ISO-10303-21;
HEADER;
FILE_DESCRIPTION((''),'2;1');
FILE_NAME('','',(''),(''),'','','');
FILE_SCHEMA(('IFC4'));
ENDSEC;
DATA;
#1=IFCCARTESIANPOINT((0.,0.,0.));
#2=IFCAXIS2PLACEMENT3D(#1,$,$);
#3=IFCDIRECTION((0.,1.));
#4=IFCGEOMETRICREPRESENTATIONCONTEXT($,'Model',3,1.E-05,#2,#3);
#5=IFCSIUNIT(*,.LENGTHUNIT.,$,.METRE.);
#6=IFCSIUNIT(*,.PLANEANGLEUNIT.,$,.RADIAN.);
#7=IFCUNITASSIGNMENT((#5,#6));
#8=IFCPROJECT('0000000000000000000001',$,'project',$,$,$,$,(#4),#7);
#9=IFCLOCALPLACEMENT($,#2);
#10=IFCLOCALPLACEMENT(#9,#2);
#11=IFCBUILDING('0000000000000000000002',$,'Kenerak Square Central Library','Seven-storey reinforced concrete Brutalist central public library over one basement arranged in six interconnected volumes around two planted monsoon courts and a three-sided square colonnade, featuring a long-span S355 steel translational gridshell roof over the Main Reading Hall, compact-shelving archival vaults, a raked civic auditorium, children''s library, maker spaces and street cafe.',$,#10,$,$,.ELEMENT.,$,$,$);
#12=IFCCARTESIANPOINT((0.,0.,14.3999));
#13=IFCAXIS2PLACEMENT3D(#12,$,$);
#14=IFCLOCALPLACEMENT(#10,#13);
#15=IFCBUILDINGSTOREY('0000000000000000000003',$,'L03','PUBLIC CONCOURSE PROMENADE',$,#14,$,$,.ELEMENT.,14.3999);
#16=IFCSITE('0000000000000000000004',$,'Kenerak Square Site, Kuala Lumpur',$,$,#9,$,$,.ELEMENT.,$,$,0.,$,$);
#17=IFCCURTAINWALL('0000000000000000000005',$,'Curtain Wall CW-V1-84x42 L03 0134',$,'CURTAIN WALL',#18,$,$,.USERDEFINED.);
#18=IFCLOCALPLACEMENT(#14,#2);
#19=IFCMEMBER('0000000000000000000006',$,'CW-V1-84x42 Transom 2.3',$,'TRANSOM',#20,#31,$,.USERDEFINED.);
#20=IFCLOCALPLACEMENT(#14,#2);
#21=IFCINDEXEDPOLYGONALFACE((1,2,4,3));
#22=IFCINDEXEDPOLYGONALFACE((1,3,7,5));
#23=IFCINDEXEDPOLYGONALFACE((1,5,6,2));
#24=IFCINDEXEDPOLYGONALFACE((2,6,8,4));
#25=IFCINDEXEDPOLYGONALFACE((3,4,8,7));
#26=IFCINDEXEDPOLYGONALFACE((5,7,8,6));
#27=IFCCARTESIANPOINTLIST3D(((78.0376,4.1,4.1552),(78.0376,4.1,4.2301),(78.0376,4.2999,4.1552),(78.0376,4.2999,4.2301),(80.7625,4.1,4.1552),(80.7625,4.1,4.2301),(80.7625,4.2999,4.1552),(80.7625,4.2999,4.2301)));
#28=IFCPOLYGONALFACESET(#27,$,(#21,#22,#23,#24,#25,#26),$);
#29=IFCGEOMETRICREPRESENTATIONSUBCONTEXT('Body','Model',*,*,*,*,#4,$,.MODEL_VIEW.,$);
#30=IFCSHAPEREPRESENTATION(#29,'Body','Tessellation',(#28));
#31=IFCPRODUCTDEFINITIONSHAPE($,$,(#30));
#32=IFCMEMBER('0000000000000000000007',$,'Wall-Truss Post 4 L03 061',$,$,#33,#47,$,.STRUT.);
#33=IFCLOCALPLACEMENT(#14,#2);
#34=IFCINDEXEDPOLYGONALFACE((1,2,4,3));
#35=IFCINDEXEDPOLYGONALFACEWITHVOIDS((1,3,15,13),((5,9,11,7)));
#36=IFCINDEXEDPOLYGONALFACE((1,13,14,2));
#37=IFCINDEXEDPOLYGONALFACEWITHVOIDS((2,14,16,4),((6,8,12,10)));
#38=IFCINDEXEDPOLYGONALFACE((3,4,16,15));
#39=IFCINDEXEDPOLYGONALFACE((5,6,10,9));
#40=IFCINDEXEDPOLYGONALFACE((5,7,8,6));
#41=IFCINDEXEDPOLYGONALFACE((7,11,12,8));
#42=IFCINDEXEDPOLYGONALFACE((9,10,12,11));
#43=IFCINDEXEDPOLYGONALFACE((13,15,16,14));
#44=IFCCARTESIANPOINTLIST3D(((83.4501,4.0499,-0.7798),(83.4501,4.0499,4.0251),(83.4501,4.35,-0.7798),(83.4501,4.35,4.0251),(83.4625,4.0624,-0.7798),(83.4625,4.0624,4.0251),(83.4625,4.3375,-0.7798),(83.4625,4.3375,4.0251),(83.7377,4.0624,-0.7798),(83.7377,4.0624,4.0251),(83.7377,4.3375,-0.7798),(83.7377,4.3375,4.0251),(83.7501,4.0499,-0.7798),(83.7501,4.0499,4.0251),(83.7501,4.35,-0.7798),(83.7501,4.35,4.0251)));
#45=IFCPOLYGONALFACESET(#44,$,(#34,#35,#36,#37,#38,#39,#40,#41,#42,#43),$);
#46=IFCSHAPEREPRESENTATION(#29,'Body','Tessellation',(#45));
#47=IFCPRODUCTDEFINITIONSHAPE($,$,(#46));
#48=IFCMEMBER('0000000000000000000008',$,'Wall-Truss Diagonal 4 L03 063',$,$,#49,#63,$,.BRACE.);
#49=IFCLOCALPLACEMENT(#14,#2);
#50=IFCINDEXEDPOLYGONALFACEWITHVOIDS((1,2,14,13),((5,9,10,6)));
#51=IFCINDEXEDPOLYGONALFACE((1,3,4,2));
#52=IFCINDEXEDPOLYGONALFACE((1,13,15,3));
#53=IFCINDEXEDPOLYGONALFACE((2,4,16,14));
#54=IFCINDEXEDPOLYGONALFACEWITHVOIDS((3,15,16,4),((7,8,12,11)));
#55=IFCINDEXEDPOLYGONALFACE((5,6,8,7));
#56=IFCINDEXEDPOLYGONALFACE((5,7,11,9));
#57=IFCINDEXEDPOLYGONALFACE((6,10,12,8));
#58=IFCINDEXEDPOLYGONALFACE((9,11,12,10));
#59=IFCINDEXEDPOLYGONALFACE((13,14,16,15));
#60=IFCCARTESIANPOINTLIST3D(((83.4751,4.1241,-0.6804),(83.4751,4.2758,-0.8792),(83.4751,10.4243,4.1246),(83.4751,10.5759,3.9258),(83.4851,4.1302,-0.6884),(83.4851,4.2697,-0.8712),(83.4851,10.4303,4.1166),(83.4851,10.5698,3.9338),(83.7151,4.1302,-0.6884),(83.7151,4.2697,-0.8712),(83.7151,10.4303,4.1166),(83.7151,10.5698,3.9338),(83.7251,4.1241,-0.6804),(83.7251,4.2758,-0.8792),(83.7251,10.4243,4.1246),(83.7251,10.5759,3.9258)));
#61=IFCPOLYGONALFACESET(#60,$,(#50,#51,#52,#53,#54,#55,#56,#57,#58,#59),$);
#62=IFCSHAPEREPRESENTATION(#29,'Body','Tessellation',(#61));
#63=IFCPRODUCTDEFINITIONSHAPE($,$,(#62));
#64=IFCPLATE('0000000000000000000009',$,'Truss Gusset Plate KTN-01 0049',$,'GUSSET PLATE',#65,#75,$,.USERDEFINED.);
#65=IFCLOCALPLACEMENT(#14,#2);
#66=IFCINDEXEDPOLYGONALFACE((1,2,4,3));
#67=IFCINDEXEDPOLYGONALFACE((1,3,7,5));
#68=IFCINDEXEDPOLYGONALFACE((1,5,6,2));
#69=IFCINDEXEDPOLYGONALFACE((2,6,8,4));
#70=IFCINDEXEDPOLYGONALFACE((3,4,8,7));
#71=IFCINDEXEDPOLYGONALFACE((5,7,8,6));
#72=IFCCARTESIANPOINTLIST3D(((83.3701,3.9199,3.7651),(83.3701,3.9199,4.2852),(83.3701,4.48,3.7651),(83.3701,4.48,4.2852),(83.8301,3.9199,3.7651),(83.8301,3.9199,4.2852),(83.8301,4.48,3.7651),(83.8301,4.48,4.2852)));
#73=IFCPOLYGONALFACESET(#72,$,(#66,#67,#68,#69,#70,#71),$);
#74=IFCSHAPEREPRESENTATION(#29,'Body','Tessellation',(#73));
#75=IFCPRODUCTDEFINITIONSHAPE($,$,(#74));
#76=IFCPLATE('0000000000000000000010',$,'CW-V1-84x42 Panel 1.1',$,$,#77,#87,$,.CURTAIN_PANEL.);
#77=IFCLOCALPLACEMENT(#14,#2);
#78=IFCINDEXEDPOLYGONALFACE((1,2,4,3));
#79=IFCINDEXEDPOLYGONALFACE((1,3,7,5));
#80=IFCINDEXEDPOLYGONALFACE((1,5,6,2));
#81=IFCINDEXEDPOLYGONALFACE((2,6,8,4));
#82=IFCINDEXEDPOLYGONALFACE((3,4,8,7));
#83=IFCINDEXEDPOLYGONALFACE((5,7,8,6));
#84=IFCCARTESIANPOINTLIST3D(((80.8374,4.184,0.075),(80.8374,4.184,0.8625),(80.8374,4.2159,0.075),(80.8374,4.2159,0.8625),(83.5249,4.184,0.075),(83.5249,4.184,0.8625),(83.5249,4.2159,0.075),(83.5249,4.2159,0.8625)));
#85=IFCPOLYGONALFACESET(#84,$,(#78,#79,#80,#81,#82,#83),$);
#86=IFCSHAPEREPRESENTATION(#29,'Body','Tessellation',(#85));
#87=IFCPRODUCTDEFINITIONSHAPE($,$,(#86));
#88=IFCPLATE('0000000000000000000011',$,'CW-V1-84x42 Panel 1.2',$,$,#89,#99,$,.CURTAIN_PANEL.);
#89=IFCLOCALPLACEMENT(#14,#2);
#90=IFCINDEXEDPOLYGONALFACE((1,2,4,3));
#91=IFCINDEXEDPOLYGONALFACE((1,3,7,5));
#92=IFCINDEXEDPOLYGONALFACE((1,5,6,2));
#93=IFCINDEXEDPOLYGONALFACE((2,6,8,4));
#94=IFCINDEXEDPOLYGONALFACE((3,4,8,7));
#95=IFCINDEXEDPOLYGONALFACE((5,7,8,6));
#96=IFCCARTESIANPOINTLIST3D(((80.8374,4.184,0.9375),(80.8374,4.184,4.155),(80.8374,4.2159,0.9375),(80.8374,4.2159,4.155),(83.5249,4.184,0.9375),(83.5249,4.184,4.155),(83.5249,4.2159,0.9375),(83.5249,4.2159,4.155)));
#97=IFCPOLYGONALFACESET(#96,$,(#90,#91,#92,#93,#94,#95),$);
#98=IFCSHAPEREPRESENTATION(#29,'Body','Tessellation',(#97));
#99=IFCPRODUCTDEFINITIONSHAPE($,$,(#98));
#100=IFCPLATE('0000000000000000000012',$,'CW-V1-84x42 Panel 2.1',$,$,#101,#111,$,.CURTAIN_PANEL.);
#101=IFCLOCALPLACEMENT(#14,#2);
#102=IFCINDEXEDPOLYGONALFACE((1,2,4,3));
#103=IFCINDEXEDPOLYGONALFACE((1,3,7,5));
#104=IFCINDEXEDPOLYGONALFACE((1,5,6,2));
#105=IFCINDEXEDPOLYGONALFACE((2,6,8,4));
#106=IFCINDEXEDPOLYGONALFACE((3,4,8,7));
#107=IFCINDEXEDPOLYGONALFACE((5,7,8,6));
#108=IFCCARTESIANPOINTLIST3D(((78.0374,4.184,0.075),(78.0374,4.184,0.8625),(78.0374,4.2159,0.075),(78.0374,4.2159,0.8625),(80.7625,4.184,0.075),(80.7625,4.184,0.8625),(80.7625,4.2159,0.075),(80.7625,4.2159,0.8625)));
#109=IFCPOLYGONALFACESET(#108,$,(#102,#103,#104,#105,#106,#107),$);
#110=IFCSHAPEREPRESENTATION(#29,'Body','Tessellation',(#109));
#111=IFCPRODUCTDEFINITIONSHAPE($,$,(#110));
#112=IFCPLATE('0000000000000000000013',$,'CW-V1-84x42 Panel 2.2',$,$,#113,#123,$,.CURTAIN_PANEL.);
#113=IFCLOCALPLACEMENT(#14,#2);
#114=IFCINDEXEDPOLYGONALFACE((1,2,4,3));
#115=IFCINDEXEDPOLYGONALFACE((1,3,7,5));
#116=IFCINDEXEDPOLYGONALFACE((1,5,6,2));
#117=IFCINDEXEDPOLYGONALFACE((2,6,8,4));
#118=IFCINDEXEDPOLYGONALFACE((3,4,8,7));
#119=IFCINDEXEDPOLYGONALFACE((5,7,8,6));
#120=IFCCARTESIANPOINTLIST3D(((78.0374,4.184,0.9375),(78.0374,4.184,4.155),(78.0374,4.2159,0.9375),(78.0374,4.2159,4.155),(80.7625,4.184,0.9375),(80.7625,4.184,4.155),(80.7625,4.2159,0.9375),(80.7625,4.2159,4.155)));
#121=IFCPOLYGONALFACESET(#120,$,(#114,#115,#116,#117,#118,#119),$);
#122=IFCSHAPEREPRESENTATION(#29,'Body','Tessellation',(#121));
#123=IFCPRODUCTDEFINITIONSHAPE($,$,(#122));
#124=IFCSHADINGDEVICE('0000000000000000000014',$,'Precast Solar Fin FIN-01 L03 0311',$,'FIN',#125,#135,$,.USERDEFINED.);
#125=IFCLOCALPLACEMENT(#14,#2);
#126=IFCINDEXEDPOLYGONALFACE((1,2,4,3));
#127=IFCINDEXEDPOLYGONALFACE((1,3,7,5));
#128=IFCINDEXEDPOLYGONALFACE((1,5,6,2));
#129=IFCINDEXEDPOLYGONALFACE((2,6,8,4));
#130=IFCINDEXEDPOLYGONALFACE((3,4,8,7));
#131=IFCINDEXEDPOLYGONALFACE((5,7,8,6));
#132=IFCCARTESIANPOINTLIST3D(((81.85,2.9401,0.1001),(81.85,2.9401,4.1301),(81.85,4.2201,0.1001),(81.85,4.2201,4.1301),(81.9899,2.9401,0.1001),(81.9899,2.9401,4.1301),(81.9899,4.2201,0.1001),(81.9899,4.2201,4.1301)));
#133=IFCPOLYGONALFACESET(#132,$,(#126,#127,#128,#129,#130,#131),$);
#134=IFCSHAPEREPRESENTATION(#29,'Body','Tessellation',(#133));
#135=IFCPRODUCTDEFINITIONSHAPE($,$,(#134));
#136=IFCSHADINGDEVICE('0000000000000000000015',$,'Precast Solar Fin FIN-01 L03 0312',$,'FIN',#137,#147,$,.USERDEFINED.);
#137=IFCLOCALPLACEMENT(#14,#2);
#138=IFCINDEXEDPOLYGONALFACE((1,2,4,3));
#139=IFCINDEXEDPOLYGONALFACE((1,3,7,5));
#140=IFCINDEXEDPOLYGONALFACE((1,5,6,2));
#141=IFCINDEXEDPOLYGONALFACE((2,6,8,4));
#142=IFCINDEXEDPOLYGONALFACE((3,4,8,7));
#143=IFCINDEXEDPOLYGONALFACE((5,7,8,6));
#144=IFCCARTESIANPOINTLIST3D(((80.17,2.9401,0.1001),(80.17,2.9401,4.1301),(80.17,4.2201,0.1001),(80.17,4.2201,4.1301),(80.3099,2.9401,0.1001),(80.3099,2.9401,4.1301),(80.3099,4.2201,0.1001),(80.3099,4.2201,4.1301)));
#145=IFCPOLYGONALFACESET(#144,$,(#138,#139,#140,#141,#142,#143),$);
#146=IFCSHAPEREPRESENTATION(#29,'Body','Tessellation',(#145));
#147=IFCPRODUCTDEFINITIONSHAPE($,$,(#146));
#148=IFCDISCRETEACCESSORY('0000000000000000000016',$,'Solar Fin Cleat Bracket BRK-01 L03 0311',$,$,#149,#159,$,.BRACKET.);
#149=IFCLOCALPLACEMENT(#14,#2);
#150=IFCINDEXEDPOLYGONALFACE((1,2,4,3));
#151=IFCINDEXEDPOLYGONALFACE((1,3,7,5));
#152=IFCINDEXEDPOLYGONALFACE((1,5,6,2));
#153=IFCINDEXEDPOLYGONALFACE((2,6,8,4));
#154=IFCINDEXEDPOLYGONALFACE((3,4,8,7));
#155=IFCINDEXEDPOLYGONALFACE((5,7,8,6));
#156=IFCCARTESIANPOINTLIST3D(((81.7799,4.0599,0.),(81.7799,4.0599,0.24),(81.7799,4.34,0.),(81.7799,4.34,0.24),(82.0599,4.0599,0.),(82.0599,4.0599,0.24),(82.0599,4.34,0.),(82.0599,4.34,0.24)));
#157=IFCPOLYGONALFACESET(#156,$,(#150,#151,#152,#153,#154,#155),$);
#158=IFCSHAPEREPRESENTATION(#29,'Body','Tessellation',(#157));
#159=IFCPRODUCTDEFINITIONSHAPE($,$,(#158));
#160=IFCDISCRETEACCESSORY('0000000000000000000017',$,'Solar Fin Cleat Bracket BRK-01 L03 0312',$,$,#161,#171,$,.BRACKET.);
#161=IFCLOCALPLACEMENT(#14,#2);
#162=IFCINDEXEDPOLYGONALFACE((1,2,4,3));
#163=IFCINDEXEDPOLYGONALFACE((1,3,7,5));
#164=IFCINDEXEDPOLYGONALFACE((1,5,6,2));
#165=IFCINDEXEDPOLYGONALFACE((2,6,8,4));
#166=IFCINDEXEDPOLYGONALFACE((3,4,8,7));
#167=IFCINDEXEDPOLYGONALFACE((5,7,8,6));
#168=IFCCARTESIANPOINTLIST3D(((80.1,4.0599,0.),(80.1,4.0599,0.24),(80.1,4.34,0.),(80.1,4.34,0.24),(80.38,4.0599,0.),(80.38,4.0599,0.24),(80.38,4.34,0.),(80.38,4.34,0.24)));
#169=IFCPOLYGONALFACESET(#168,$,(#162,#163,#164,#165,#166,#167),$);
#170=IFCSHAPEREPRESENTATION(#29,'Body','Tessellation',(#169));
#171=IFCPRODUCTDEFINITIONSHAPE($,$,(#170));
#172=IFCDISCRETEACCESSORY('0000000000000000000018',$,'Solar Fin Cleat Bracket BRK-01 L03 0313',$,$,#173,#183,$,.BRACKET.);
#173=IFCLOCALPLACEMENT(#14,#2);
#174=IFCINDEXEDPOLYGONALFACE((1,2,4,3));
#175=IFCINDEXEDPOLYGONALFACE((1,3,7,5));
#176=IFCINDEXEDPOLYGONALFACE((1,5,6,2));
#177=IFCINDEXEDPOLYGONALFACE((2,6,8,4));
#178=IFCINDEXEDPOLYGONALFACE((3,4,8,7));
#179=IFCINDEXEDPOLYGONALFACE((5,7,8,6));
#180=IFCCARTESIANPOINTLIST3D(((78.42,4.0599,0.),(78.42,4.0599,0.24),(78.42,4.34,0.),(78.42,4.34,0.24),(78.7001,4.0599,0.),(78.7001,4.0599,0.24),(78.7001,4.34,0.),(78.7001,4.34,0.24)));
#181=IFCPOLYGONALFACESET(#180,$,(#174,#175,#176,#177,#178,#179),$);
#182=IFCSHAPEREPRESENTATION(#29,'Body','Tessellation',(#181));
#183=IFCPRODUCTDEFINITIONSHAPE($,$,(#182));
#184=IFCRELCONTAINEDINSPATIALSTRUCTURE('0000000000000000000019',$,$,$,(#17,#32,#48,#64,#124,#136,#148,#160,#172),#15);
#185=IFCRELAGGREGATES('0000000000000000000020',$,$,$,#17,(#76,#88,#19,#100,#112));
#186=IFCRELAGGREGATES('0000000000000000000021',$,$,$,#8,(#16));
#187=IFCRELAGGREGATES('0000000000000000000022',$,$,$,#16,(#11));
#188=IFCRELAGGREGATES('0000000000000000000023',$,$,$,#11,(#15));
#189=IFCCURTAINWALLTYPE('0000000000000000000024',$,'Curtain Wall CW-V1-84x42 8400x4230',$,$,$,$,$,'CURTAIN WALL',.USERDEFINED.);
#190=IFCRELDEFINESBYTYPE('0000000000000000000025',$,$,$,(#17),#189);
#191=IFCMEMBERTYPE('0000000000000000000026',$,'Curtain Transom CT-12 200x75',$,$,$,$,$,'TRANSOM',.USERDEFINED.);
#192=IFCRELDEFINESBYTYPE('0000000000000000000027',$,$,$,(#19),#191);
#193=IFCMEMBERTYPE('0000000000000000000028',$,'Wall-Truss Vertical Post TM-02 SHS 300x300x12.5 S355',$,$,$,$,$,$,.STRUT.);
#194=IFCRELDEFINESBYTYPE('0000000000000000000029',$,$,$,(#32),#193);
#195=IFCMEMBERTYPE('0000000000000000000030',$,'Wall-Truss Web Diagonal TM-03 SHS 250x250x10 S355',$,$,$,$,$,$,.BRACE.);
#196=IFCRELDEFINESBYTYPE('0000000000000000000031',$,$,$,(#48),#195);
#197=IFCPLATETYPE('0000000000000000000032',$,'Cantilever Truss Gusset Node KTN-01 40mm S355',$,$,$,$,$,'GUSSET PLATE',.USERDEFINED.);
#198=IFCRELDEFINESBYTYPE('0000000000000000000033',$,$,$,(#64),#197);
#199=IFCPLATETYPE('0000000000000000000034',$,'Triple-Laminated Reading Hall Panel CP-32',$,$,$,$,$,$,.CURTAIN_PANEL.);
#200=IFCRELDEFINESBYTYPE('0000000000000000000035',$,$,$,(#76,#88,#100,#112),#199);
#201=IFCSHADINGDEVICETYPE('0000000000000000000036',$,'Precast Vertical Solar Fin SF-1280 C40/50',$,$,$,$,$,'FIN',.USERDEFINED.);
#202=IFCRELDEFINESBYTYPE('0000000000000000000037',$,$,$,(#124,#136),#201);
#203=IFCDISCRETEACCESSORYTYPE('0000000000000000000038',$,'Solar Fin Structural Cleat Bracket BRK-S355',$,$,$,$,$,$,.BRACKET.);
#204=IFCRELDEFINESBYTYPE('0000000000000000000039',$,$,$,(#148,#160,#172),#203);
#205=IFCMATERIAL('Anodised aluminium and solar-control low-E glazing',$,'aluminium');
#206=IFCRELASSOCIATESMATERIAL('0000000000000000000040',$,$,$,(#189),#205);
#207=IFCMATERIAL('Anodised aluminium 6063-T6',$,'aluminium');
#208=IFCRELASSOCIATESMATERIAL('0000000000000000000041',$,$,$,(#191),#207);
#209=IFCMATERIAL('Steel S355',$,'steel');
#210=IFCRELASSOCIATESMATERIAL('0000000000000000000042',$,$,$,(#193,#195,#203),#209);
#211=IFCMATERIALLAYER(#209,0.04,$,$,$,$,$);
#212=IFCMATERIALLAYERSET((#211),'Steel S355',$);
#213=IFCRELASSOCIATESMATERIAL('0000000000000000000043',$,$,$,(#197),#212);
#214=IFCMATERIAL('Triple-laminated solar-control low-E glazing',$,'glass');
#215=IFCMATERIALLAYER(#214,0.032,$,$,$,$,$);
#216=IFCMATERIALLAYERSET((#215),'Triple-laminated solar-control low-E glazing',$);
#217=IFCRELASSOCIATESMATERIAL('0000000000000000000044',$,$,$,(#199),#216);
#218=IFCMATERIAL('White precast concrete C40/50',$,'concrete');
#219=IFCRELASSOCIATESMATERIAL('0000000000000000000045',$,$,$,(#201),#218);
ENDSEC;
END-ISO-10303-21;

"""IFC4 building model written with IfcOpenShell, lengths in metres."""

from ifc_helpers import new_model, si_unit, direction, frame, origin, origin_2d, place, context, subcontext, project, spatial, rectangle, hollow_rectangle, extrude, material, layer, layer_set, material_profile, profile_set, type_object, element, aggregate, save


model = new_model("IFC4")

# Units and contexts
model_context = context("Model", 3, precision=1e-05, world=origin(), true_north=direction((0.0, 1.0)))
body_context = subcontext(model_context, "Body", "Model", "MODEL_VIEW")
ifc_project = project(units=[si_unit("LENGTHUNIT", "METRE"), si_unit("PLANEANGLEUNIT", "RADIAN")], contexts=[model_context])

# Site, building, storey
site_placement = place(None, origin())
site = spatial("IfcSite", under=ifc_project, at=site_placement, Name="Kenerak Square Site, Kuala Lumpur", CompositionType="ELEMENT", RefElevation=0.0)
building_placement = place(site_placement, origin())
building = spatial("IfcBuilding", under=site, at=building_placement, Name="Kenerak Square Central Library", Description="Seven-storey reinforced concrete Brutalist central public library over one basement arranged in six interconnected volumes around two planted monsoon courts and a three-sided square colonnade, featuring a long-span S355 steel translational gridshell roof over the Main Reading Hall, compact-shelving archival vaults, a raked civic auditorium, children's library, maker spaces and street cafe.", CompositionType="ELEMENT")
storey_placement = place(building_placement, frame((0.0, 0.0, 14.3999)))
storey = spatial("IfcBuildingStorey", under=building, at=storey_placement, Name="L03", Description="PUBLIC CONCOURSE PROMENADE", CompositionType="ELEMENT", Elevation=14.3999)

# Shared definitions
ifc_material_1 = material(Name="Steel S355", Category="steel")

# Curtain wall
ifc_material_2 = material(Name="Anodised aluminium and solar-control low-E glazing", Category="aluminium")
ifc_material_3 = material(Name="Anodised aluminium 6063-T6", Category="aluminium")
curtain_wall_type_1 = type_object("IfcCurtainWallType", Name="Curtain Wall CW-V1-84x42 8400x4230", ElementType="CURTAIN WALL", PredefinedType="USERDEFINED", material=ifc_material_2)
curtain_wall_1_placement = place(storey_placement, origin())
curtain_wall_1 = element("IfcCurtainWall", 1, at=curtain_wall_1_placement, inside=storey, type_object=curtain_wall_type_1, Name="Curtain Wall CW-V1-84x42 L03 0134", ObjectType="CURTAIN WALL", PredefinedType="USERDEFINED")

# Member
ifc_material_profile_1 = material_profile(ifc_material_3, rectangle(XDim=0.2, YDim=0.075, at=origin_2d()), Name="AL TRANSOM 200x75")
ifc_profile_set_1 = profile_set([ifc_material_profile_1], Name="Anodised aluminium 6063-T6")
member_type_1 = type_object("IfcMemberType", Name="Curtain Transom CT-12 200x75", ElementType="TRANSOM", PredefinedType="USERDEFINED", material=ifc_profile_set_1)
member_1_placement = place(storey_placement, frame((80.7625, 4.2, 4.1926), z_axis=(-1.0, 0.0, 0.0), x_axis=(0.0, -1.0, 0.0)))
member_1 = element("IfcMember", 2, at=member_1_placement, type_object=member_type_1, Name="CW-V1-84x42 Transom 2.3", ObjectType="TRANSOM", PredefinedType="USERDEFINED", context=body_context, shape_type="SweptSolid", body=[
    extrude(rectangle(XDim=0.2, YDim=0.075, at=origin_2d()), origin(), (0.0, 0.0, 1.0), 2.7249),
])

# Members
ifc_material_profile_2 = material_profile(ifc_material_1, hollow_rectangle(XDim=0.3, YDim=0.3, WallThickness=0.0125, at=origin_2d()), Name="SHS 300x300x12.5")
ifc_profile_set_2 = profile_set([ifc_material_profile_2], Name="Steel S355")
member_type_2 = type_object("IfcMemberType", Name="Wall-Truss Vertical Post TM-02 SHS 300x300x12.5 S355", PredefinedType="STRUT", material=ifc_profile_set_2)
member_2_placement = place(storey_placement, frame((83.6001, 4.2, -0.7798), z_axis=(0.0, 0.0, 1.0), x_axis=(1.0, 0.0, 0.0)))
element("IfcMember", 3, at=member_2_placement, inside=storey, type_object=member_type_2, Name="Wall-Truss Post 4 L03 061", PredefinedType="STRUT", context=body_context, shape_type="SweptSolid", body=[
    extrude(hollow_rectangle(XDim=0.3, YDim=0.3, WallThickness=0.0125, at=origin_2d()), origin(), (0.0, 0.0, 1.0), 4.8049),
])
ifc_material_profile_3 = material_profile(ifc_material_1, hollow_rectangle(XDim=0.25, YDim=0.25, WallThickness=0.01, at=origin_2d()), Name="SHS 250x250x10.0")
ifc_profile_set_3 = profile_set([ifc_material_profile_3], Name="Steel S355")
member_type_3 = type_object("IfcMemberType", Name="Wall-Truss Web Diagonal TM-03 SHS 250x250x10 S355", PredefinedType="BRACE", material=ifc_profile_set_3)
member_3_placement = place(storey_placement, frame((83.6001, 4.2, -0.7798), z_axis=(0.0, 0.795134, 0.606434), x_axis=(-1.0, 0.0, 0.0)))
element("IfcMember", 4, at=member_3_placement, inside=storey, type_object=member_type_3, Name="Wall-Truss Diagonal 4 L03 063", PredefinedType="BRACE", context=body_context, shape_type="SweptSolid", body=[
    extrude(hollow_rectangle(XDim=0.25, YDim=0.25, WallThickness=0.01, at=origin_2d()), origin(), (0.0, 0.0, 1.0), 7.9233),
])

# Plates
ifc_layer_1 = layer(ifc_material_1, 0.04)
ifc_layer_set_1 = layer_set([ifc_layer_1], Name="Steel S355")
plate_type_1 = type_object("IfcPlateType", Name="Cantilever Truss Gusset Node KTN-01 40mm S355", ElementType="GUSSET PLATE", PredefinedType="USERDEFINED", material=ifc_layer_set_1)
plate_1_placement = place(storey_placement, frame((83.6001, 4.2, 3.7651), z_axis=(0.0, 0.0, 1.0), x_axis=(1.0, 0.0, 0.0)))
element("IfcPlate", 5, at=plate_1_placement, inside=storey, type_object=plate_type_1, Name="Truss Gusset Plate KTN-01 0049", ObjectType="GUSSET PLATE", PredefinedType="USERDEFINED", context=body_context, shape_type="SweptSolid", body=[
    extrude(rectangle(XDim=0.46, YDim=0.5601, at=origin_2d()), origin(), (0.0, 0.0, 1.0), 0.52),
])
ifc_material_4 = material(Name="Triple-laminated solar-control low-E glazing", Category="glass")
ifc_layer_2 = layer(ifc_material_4, 0.032)
ifc_layer_set_2 = layer_set([ifc_layer_2], Name="Triple-laminated solar-control low-E glazing")
plate_type_2 = type_object("IfcPlateType", Name="Triple-Laminated Reading Hall Panel CP-32", PredefinedType="CURTAIN_PANEL", material=ifc_layer_set_2)
plate_2_placement = place(storey_placement, frame((82.1812, 4.2, 0.075), z_axis=(0.0, 0.0, 1.0), x_axis=(-1.0, 0.0, 0.0)))
plate_2 = element("IfcPlate", 6, at=plate_2_placement, type_object=plate_type_2, Name="CW-V1-84x42 Panel 1.1", PredefinedType="CURTAIN_PANEL", context=body_context, shape_type="SweptSolid", body=[
    extrude(rectangle(XDim=2.6875, YDim=0.032, at=origin_2d()), origin(), (0.0, 0.0, 1.0), 0.7876),
])
plate_3_placement = place(storey_placement, frame((82.1812, 4.2, 0.9375), z_axis=(0.0, 0.0, 1.0), x_axis=(-1.0, 0.0, 0.0)))
plate_3 = element("IfcPlate", 7, at=plate_3_placement, type_object=plate_type_2, Name="CW-V1-84x42 Panel 1.2", PredefinedType="CURTAIN_PANEL", context=body_context, shape_type="SweptSolid", body=[
    extrude(rectangle(XDim=2.6875, YDim=0.032, at=origin_2d()), origin(), (0.0, 0.0, 1.0), 3.2175),
])
plate_4_placement = place(storey_placement, frame((79.3999, 4.2, 0.075), z_axis=(0.0, 0.0, 1.0), x_axis=(-1.0, 0.0, 0.0)))
plate_4 = element("IfcPlate", 8, at=plate_4_placement, type_object=plate_type_2, Name="CW-V1-84x42 Panel 2.1", PredefinedType="CURTAIN_PANEL", context=body_context, shape_type="SweptSolid", body=[
    extrude(rectangle(XDim=2.7251, YDim=0.032, at=origin_2d()), origin(), (0.0, 0.0, 1.0), 0.7876),
])
plate_5_placement = place(storey_placement, frame((79.3999, 4.2, 0.9375), z_axis=(0.0, 0.0, 1.0), x_axis=(-1.0, 0.0, 0.0)))
plate_5 = element("IfcPlate", 9, at=plate_5_placement, type_object=plate_type_2, Name="CW-V1-84x42 Panel 2.2", PredefinedType="CURTAIN_PANEL", context=body_context, shape_type="SweptSolid", body=[
    extrude(rectangle(XDim=2.7251, YDim=0.032, at=origin_2d()), origin(), (0.0, 0.0, 1.0), 3.2175),
])
aggregate(curtain_wall_1, [plate_2, plate_3, member_1, plate_4, plate_5])

# Shading devices
ifc_material_5 = material(Name="White precast concrete C40/50", Category="concrete")
shading_device_type = type_object("IfcShadingDeviceType", Name="Precast Vertical Solar Fin SF-1280 C40/50", ElementType="FIN", PredefinedType="USERDEFINED", material=ifc_material_5)
for number, where, z_axis, x_axis, name in (
    (10, (81.9199, 3.5801, 0.1001), (0.0, 0.0, 1.0), (-1.0, 0.0, 0.0), "Precast Solar Fin FIN-01 L03 0311"),
    (11, (80.24, 3.5801, 0.1001), (0.0, 0.0, 1.0), (-1.0, 0.0, 0.0), "Precast Solar Fin FIN-01 L03 0312"),
):
    element("IfcShadingDevice", number, at=place(storey_placement, frame(where, z_axis=z_axis, x_axis=x_axis)), inside=storey, type_object=shading_device_type, Name=name, ObjectType="FIN", PredefinedType="USERDEFINED", context=body_context, shape_type="SweptSolid", body=[
        extrude(rectangle(XDim=0.1399, YDim=1.28, at=origin_2d()), origin(), (0.0, 0.0, 1.0), 4.03),
    ])

# Discrete accessories
discrete_accessory_type = type_object("IfcDiscreteAccessoryType", Name="Solar Fin Structural Cleat Bracket BRK-S355", PredefinedType="BRACKET", material=ifc_material_1)
for number, where, z_axis, x_axis, name in (
    (12, (81.9199, 4.2, 0.0), (0.0, 0.0, 1.0), (-1.0, 0.0, 0.0), "Solar Fin Cleat Bracket BRK-01 L03 0311"),
    (13, (80.24, 4.2, 0.0), (0.0, 0.0, 1.0), (-1.0, 0.0, 0.0), "Solar Fin Cleat Bracket BRK-01 L03 0312"),
    (14, (78.5601, 4.2, 0.0), (0.0, 0.0, 1.0), (-1.0, 0.0, 0.0), "Solar Fin Cleat Bracket BRK-01 L03 0313"),
):
    element("IfcDiscreteAccessory", number, at=place(storey_placement, frame(where, z_axis=z_axis, x_axis=x_axis)), inside=storey, type_object=discrete_accessory_type, Name=name, PredefinedType="BRACKET", context=body_context, shape_type="SweptSolid", body=[
        extrude(rectangle(XDim=0.28, YDim=0.28, at=origin_2d()), origin(), (0.0, 0.0, 1.0), 0.24),
    ])

save(model, "model.ifc")
